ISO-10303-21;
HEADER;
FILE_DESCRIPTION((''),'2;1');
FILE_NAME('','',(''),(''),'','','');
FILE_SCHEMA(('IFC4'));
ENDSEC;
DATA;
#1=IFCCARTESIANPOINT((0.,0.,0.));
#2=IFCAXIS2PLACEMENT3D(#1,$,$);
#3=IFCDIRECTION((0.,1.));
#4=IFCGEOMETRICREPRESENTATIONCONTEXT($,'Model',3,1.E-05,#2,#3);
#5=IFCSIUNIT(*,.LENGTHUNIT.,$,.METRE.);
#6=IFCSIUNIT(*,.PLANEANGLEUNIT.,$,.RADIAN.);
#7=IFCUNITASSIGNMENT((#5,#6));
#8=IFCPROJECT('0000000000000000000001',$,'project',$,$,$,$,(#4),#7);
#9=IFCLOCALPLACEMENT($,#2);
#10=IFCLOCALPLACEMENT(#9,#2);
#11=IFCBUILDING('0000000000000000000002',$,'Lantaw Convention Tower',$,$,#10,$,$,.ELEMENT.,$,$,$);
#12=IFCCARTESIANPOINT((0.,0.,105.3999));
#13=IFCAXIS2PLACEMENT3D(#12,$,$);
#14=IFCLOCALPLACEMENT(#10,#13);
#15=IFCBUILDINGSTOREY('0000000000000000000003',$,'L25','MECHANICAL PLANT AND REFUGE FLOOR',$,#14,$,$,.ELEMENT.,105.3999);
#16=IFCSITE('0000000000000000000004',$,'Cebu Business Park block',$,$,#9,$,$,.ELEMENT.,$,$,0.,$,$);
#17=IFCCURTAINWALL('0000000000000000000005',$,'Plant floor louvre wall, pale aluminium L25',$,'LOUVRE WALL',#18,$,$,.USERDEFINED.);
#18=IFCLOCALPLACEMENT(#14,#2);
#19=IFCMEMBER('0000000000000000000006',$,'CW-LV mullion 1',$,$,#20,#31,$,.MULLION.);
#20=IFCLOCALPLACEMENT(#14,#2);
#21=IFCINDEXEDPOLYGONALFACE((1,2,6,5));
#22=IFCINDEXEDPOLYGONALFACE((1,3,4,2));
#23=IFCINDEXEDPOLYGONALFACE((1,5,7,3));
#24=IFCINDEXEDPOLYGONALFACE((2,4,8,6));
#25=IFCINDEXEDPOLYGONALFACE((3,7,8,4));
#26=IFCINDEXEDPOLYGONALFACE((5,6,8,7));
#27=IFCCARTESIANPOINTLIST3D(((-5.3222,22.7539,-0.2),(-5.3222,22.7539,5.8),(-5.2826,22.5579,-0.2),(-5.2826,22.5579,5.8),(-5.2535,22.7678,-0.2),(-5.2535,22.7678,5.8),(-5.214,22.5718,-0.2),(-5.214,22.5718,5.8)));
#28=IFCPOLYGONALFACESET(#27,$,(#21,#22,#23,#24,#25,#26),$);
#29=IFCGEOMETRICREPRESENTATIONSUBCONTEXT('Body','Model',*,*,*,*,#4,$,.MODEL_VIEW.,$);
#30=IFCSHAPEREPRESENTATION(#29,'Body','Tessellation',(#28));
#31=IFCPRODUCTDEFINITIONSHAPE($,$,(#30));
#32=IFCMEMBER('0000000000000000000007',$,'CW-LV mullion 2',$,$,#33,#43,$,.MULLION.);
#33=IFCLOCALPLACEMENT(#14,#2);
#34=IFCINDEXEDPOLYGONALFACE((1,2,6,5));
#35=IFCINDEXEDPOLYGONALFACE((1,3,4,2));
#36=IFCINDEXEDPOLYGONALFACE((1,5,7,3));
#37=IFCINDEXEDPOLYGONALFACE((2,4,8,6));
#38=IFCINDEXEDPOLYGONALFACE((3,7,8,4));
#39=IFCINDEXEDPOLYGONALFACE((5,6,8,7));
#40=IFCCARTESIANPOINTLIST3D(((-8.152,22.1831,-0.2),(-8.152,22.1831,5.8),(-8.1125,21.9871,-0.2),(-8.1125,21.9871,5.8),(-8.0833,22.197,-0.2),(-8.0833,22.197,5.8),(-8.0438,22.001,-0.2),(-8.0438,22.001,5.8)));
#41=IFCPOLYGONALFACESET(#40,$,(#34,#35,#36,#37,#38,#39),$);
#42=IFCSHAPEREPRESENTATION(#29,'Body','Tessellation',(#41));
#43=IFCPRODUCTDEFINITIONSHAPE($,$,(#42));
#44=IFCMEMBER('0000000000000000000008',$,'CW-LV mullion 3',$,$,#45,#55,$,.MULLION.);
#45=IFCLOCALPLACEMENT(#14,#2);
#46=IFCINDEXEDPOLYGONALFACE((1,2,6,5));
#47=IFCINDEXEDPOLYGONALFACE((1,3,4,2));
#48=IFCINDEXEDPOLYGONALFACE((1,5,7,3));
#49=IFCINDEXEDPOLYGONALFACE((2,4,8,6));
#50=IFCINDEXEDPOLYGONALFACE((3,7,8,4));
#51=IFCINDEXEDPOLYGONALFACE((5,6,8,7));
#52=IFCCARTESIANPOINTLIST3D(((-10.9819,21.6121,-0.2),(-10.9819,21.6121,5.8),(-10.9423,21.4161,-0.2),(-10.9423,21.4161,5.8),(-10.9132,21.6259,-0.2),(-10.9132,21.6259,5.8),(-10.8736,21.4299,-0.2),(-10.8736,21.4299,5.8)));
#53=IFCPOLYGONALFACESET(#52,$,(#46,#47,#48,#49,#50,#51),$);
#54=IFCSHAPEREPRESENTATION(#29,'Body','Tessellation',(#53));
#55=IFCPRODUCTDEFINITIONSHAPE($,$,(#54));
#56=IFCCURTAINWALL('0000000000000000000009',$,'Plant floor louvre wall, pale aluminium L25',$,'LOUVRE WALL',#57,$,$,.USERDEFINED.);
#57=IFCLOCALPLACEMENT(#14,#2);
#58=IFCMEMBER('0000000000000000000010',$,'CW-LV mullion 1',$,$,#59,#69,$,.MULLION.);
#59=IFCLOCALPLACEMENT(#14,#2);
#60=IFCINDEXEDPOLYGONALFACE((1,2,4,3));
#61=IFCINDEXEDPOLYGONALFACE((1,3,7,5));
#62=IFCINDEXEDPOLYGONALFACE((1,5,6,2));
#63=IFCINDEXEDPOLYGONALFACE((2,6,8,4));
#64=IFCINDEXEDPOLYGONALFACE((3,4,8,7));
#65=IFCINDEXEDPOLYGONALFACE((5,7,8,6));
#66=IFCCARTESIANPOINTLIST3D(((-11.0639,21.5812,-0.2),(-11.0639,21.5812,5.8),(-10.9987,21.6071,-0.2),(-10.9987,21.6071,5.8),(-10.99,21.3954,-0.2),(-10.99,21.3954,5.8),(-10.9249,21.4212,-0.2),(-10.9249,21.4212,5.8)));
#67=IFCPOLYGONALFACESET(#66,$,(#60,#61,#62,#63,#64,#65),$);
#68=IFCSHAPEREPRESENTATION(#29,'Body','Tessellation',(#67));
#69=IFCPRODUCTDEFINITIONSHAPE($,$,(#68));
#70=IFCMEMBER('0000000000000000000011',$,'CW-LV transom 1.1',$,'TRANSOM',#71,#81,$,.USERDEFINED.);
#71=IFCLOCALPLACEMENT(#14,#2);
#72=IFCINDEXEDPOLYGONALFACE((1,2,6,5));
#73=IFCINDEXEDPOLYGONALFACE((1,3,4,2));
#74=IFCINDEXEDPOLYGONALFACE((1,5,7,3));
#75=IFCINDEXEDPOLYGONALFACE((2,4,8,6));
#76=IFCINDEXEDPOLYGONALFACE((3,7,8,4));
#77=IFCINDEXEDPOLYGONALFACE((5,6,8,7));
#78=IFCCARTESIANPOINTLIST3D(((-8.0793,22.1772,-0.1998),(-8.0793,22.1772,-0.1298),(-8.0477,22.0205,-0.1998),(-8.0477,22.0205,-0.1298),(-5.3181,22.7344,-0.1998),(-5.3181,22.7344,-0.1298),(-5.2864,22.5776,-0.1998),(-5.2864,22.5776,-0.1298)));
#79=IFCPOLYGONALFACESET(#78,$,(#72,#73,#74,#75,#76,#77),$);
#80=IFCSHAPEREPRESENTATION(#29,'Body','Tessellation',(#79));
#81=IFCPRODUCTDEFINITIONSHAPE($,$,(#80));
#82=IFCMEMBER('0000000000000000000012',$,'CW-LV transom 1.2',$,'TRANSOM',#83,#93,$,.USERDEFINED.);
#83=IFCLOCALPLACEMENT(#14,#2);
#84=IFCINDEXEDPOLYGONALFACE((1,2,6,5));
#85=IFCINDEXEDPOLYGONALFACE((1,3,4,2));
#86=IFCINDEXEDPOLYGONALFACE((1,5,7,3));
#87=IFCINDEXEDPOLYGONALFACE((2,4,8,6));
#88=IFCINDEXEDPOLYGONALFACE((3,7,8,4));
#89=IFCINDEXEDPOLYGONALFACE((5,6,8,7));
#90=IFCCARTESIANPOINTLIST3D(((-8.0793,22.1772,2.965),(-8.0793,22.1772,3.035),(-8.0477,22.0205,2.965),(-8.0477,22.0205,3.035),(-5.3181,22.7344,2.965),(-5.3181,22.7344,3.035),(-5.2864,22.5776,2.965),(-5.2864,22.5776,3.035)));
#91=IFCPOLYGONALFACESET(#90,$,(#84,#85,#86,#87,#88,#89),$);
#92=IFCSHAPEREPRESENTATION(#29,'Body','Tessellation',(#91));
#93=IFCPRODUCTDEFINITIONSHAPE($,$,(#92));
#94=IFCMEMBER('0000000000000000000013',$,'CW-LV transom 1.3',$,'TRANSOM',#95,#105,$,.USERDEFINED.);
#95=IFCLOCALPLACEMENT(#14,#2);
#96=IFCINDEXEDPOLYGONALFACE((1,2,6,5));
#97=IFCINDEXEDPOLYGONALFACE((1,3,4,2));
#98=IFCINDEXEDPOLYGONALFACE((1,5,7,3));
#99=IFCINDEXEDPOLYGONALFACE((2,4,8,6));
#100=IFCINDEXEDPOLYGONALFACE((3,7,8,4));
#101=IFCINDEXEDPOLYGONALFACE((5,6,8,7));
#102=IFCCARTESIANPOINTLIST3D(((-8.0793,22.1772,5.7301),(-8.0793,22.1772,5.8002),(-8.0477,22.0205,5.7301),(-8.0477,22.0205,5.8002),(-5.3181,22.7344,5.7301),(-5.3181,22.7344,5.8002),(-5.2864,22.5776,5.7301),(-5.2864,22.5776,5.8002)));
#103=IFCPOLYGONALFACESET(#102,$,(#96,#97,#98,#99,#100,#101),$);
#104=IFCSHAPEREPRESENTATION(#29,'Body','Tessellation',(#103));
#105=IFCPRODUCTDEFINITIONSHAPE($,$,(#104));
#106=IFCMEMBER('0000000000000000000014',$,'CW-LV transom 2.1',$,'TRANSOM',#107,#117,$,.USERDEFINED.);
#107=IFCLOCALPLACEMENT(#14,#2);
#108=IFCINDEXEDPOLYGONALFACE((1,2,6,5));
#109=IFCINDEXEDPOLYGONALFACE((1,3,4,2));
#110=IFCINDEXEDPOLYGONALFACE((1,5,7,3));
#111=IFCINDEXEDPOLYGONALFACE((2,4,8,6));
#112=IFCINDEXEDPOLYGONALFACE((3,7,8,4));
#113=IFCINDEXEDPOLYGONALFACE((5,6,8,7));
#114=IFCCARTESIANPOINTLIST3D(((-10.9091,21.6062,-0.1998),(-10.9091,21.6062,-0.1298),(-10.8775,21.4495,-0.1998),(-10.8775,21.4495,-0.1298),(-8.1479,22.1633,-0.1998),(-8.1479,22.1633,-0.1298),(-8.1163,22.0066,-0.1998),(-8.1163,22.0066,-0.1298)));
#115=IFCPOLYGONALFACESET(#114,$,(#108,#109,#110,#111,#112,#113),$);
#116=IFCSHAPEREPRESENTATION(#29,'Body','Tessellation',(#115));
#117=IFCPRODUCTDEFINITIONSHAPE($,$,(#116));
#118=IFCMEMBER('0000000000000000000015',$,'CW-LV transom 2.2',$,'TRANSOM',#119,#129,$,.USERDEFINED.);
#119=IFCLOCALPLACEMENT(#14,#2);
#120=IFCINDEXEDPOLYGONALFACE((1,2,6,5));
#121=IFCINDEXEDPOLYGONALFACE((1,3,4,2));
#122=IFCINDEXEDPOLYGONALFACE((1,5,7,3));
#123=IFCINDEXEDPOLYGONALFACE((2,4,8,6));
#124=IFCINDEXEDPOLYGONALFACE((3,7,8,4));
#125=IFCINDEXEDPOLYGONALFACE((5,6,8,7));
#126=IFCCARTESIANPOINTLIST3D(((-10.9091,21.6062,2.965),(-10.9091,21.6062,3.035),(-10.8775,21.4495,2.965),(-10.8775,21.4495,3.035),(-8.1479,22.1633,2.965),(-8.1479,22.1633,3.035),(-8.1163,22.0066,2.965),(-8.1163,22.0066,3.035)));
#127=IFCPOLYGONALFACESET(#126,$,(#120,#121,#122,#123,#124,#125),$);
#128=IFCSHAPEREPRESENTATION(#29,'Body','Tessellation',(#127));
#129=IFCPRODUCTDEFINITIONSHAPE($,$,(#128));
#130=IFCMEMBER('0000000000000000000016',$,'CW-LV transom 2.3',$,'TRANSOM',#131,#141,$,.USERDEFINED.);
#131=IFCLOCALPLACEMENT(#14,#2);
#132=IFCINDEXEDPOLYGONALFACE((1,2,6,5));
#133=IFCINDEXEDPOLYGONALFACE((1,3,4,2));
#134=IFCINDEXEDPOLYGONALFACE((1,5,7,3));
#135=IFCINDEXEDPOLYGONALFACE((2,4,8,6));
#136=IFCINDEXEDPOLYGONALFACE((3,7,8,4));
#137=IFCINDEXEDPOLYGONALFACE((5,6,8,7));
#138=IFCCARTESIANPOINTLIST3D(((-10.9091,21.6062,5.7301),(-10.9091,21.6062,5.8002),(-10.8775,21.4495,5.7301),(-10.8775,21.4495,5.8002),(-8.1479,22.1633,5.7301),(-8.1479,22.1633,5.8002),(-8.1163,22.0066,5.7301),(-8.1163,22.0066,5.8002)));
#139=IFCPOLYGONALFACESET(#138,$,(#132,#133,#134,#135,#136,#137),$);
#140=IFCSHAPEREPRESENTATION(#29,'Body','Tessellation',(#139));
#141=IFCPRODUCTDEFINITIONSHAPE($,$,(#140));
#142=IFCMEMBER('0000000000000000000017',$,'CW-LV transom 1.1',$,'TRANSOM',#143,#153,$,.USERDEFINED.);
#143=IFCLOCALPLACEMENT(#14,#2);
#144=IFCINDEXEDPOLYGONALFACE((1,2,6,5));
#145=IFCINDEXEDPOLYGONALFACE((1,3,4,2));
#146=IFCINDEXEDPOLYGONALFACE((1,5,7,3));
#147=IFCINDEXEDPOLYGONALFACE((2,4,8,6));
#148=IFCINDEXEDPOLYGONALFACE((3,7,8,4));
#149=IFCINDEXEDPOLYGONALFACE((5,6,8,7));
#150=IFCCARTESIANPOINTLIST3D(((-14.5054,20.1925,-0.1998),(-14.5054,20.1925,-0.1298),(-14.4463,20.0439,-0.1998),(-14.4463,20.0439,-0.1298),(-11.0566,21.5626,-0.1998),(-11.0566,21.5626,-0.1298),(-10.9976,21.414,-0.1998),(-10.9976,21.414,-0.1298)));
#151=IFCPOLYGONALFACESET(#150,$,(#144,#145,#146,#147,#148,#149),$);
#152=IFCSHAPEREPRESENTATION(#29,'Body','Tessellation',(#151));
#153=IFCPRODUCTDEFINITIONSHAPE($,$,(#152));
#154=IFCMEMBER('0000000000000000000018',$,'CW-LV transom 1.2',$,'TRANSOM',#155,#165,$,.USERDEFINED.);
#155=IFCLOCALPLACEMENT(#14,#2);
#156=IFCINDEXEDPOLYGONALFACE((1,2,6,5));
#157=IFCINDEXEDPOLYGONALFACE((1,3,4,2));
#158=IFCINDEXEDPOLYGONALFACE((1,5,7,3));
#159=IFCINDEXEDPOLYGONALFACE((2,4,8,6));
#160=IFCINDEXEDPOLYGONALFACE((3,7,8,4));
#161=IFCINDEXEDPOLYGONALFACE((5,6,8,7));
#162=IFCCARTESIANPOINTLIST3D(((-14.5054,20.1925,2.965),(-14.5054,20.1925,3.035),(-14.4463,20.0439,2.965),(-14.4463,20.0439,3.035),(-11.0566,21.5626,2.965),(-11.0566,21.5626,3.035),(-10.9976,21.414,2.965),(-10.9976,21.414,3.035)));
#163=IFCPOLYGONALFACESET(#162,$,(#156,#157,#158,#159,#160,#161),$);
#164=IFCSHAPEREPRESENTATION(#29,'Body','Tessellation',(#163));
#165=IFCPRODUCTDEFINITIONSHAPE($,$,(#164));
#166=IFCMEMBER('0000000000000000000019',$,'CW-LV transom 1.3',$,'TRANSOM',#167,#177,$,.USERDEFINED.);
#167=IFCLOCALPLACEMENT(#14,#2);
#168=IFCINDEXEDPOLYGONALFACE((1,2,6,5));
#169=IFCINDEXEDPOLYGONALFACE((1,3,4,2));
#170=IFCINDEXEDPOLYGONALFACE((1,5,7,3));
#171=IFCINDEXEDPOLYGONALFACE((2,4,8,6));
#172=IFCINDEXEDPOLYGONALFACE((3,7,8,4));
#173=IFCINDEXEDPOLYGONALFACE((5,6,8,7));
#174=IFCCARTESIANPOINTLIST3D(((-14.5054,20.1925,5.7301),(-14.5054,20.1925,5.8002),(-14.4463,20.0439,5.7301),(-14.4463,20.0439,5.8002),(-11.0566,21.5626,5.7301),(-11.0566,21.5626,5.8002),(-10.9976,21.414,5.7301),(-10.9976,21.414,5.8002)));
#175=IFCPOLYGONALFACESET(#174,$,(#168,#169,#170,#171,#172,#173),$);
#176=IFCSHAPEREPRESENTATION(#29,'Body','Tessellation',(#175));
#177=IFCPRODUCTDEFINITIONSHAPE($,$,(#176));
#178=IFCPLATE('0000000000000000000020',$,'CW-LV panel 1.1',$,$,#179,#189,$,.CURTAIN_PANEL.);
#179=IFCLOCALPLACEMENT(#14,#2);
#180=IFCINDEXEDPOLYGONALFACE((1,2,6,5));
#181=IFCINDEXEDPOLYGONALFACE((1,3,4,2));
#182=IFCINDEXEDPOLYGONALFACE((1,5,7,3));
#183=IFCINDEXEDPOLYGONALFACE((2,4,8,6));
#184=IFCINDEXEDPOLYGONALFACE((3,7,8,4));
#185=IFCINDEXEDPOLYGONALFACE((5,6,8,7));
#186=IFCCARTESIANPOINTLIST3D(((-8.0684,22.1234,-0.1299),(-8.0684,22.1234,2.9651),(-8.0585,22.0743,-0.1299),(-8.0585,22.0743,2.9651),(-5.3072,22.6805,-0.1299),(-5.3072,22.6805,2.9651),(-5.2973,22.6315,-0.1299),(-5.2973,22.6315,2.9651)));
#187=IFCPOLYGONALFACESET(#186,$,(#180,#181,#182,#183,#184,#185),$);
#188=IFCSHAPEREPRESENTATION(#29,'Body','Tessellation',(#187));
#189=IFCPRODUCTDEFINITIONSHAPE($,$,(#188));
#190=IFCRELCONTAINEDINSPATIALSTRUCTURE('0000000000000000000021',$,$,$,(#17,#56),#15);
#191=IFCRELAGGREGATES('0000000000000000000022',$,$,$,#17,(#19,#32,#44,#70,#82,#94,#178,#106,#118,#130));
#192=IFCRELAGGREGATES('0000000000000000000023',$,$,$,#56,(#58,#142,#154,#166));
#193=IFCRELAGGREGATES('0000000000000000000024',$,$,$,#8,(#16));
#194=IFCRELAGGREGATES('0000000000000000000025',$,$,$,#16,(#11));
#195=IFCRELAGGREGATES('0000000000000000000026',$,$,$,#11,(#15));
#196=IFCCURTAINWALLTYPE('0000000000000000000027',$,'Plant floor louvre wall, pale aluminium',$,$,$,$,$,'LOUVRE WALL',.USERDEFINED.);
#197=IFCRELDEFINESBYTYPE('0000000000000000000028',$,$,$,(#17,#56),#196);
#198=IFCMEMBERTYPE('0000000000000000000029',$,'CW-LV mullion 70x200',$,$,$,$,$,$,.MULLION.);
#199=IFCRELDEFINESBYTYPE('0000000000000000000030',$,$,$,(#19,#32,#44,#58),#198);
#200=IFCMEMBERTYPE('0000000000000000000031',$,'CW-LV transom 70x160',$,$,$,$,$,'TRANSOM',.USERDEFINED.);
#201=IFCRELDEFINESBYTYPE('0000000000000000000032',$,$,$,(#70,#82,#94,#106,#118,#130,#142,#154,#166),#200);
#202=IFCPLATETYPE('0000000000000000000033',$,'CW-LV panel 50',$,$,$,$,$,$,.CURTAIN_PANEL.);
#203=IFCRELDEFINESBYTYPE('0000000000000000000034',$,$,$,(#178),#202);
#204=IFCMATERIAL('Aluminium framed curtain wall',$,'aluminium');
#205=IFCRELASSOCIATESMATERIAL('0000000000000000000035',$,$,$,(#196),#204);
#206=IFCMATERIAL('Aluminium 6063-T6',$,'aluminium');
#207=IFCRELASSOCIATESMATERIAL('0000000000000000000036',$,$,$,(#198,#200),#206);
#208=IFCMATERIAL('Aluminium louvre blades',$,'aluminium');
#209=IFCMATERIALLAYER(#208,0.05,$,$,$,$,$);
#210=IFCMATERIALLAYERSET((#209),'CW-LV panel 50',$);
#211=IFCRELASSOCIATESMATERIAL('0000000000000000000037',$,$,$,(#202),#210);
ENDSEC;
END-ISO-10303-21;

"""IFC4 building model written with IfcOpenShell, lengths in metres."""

from ifc_helpers import new_model, si_unit, direction, frame, origin, origin_2d, place, context, subcontext, project, spatial, rectangle, extrude, material, layer, layer_set, material_profile, profile_set, type_object, element, aggregate, save


model = new_model("IFC4")

# Units and contexts
model_context = context("Model", 3, precision=1e-05, world=origin(), true_north=direction((0.0, 1.0)))
body_context = subcontext(model_context, "Body", "Model", "MODEL_VIEW")
ifc_project = project(units=[si_unit("LENGTHUNIT", "METRE"), si_unit("PLANEANGLEUNIT", "RADIAN")], contexts=[model_context])

# Site, building, storey
site_placement = place(None, origin())
site = spatial("IfcSite", under=ifc_project, at=site_placement, Name="Cebu Business Park block", CompositionType="ELEMENT", RefElevation=0.0)
building_placement = place(site_placement, origin())
building = spatial("IfcBuilding", under=site, at=building_placement, Name="Lantaw Convention Tower", CompositionType="ELEMENT")
storey_placement = place(building_placement, frame((0.0, 0.0, 105.3999)))
storey = spatial("IfcBuildingStorey", under=building, at=storey_placement, Name="L25", Description="MECHANICAL PLANT AND REFUGE FLOOR", CompositionType="ELEMENT", Elevation=105.3999)

# Curtain wall, members
ifc_material_1 = material(Name="Aluminium framed curtain wall", Category="aluminium")
curtain_wall_type = type_object("IfcCurtainWallType", Name="Plant floor louvre wall, pale aluminium", ElementType="LOUVRE WALL", PredefinedType="USERDEFINED", material=ifc_material_1)
curtain_wall_1_placement = place(storey_placement, origin())
curtain_wall_1 = element("IfcCurtainWall", 1, at=curtain_wall_1_placement, inside=storey, type_object=curtain_wall_type, Name="Plant floor louvre wall, pale aluminium L25", ObjectType="LOUVRE WALL", PredefinedType="USERDEFINED")
ifc_material_2 = material(Name="Aluminium 6063-T6", Category="aluminium")
ifc_material_profile_1 = material_profile(ifc_material_2, rectangle(XDim=0.2, YDim=0.0701, at=origin_2d()), Name="CW-LV mullion 70x200")
ifc_profile_set_1 = profile_set([ifc_material_profile_1], Name="Aluminium 6063-T6")
member_type_1 = type_object("IfcMemberType", Name="CW-LV mullion 70x200", PredefinedType="MULLION", material=ifc_profile_set_1)
member_1_placement = place(storey_placement, frame((-5.2681, 22.6628, -0.2), z_axis=(0.0, 0.0, 1.0), x_axis=(0.197789, -0.980245, 0.0)))
member_1 = element("IfcMember", 2, at=member_1_placement, type_object=member_type_1, Name="CW-LV mullion 1", PredefinedType="MULLION", context=body_context, shape_type="SweptSolid", body=[
    extrude(rectangle(XDim=0.2, YDim=0.0701, at=origin_2d()), origin(), (0.0, 0.0, 1.0), 6.0),
])
member_2_placement = place(storey_placement, frame((-8.0979, 22.092, -0.2), z_axis=(0.0, 0.0, 1.0), x_axis=(0.197789, -0.980245, 0.0)))
member_2 = element("IfcMember", 3, at=member_2_placement, type_object=member_type_1, Name="CW-LV mullion 2", PredefinedType="MULLION", context=body_context, shape_type="SweptSolid", body=[
    extrude(rectangle(XDim=0.2, YDim=0.0701, at=origin_2d()), origin(), (0.0, 0.0, 1.0), 6.0),
])
member_3_placement = place(storey_placement, frame((-10.9277, 21.521, -0.2), z_axis=(0.0, 0.0, 1.0), x_axis=(0.197789, -0.980245, 0.0)))
member_3 = element("IfcMember", 4, at=member_3_placement, type_object=member_type_1, Name="CW-LV mullion 3", PredefinedType="MULLION", context=body_context, shape_type="SweptSolid", body=[
    extrude(rectangle(XDim=0.2, YDim=0.0701, at=origin_2d()), origin(), (0.0, 0.0, 1.0), 6.0),
])

# Curtain wall, member
curtain_wall_2_placement = place(storey_placement, origin())
curtain_wall_2 = element("IfcCurtainWall", 5, at=curtain_wall_2_placement, inside=storey, type_object=curtain_wall_type, Name="Plant floor louvre wall, pale aluminium L25", ObjectType="LOUVRE WALL", PredefinedType="USERDEFINED")
member_4_placement = place(storey_placement, frame((-10.9944, 21.5012, -0.2), z_axis=(0.0, 0.0, 1.0), x_axis=(0.369172, -0.929361, 0.0)))
member_4 = element("IfcMember", 6, at=member_4_placement, type_object=member_type_1, Name="CW-LV mullion 1", PredefinedType="MULLION", context=body_context, shape_type="SweptSolid", body=[
    extrude(rectangle(XDim=0.2, YDim=0.0701, at=origin_2d()), origin(), (0.0, 0.0, 1.0), 6.0),
])

# Members
ifc_material_profile_2 = material_profile(ifc_material_2, rectangle(XDim=0.1599, YDim=0.0701, at=origin_2d()), Name="CW-LV transom 70x160")
ifc_profile_set_2 = profile_set([ifc_material_profile_2], Name="Aluminium 6063-T6")
member_type_2 = type_object("IfcMemberType", Name="CW-LV transom 70x160", ElementType="TRANSOM", PredefinedType="USERDEFINED", material=ifc_profile_set_2)
member_5_placement = place(storey_placement, frame((-5.3022, 22.656, -0.1648), z_axis=(-0.980246, -0.197783, 0.0), x_axis=(0.197783, -0.980246, 0.0)))
member_5 = element("IfcMember", 7, at=member_5_placement, type_object=member_type_2, Name="CW-LV transom 1.1", ObjectType="TRANSOM", PredefinedType="USERDEFINED", context=body_context, shape_type="SweptSolid", body=[
    extrude(rectangle(XDim=0.1599, YDim=0.0701, at=origin_2d()), origin(), (0.0, 0.0, 1.0), 2.8169),
])
member_6_placement = place(storey_placement, frame((-5.3022, 22.656, 3.0), z_axis=(-0.980246, -0.197783, 0.0), x_axis=(0.197783, -0.980246, 0.0)))
member_6 = element("IfcMember", 8, at=member_6_placement, type_object=member_type_2, Name="CW-LV transom 1.2", ObjectType="TRANSOM", PredefinedType="USERDEFINED", context=body_context, shape_type="SweptSolid", body=[
    extrude(rectangle(XDim=0.1599, YDim=0.0701, at=origin_2d()), origin(), (0.0, 0.0, 1.0), 2.8169),
])
member_7_placement = place(storey_placement, frame((-5.3022, 22.656, 5.7651), z_axis=(-0.980246, -0.197783, 0.0), x_axis=(0.197783, -0.980246, 0.0)))
member_7 = element("IfcMember", 9, at=member_7_placement, type_object=member_type_2, Name="CW-LV transom 1.3", ObjectType="TRANSOM", PredefinedType="USERDEFINED", context=body_context, shape_type="SweptSolid", body=[
    extrude(rectangle(XDim=0.1599, YDim=0.0701, at=origin_2d()), origin(), (0.0, 0.0, 1.0), 2.8169),
])
member_8_placement = place(storey_placement, frame((-8.1321, 22.085, -0.1648), z_axis=(-0.980246, -0.197783, 0.0), x_axis=(0.197783, -0.980246, 0.0)))
member_8 = element("IfcMember", 10, at=member_8_placement, type_object=member_type_2, Name="CW-LV transom 2.1", ObjectType="TRANSOM", PredefinedType="USERDEFINED", context=body_context, shape_type="SweptSolid", body=[
    extrude(rectangle(XDim=0.1599, YDim=0.0701, at=origin_2d()), origin(), (0.0, 0.0, 1.0), 2.8169),
])
member_9_placement = place(storey_placement, frame((-8.1321, 22.085, 3.0), z_axis=(-0.980246, -0.197783, 0.0), x_axis=(0.197783, -0.980246, 0.0)))
member_9 = element("IfcMember", 11, at=member_9_placement, type_object=member_type_2, Name="CW-LV transom 2.2", ObjectType="TRANSOM", PredefinedType="USERDEFINED", context=body_context, shape_type="SweptSolid", body=[
    extrude(rectangle(XDim=0.1599, YDim=0.0701, at=origin_2d()), origin(), (0.0, 0.0, 1.0), 2.8169),
])
member_10_placement = place(storey_placement, frame((-8.1321, 22.085, 5.7651), z_axis=(-0.980246, -0.197783, 0.0), x_axis=(0.197783, -0.980246, 0.0)))
member_10 = element("IfcMember", 12, at=member_10_placement, type_object=member_type_2, Name="CW-LV transom 2.3", ObjectType="TRANSOM", PredefinedType="USERDEFINED", context=body_context, shape_type="SweptSolid", body=[
    extrude(rectangle(XDim=0.1599, YDim=0.0701, at=origin_2d()), origin(), (0.0, 0.0, 1.0), 2.8169),
])
member_11_placement = place(storey_placement, frame((-11.0271, 21.4883, -0.1648), z_axis=(-0.929345, -0.369212, 0.0), x_axis=(0.369212, -0.929345, 0.0)))
member_11 = element("IfcMember", 13, at=member_11_placement, type_object=member_type_2, Name="CW-LV transom 1.1", ObjectType="TRANSOM", PredefinedType="USERDEFINED", context=body_context, shape_type="SweptSolid", body=[
    extrude(rectangle(XDim=0.1599, YDim=0.0701, at=origin_2d()), origin(), (0.0, 0.0, 1.0), 3.7109),
])
member_12_placement = place(storey_placement, frame((-11.0271, 21.4883, 3.0), z_axis=(-0.929345, -0.369212, 0.0), x_axis=(0.369212, -0.929345, 0.0)))
member_12 = element("IfcMember", 14, at=member_12_placement, type_object=member_type_2, Name="CW-LV transom 1.2", ObjectType="TRANSOM", PredefinedType="USERDEFINED", context=body_context, shape_type="SweptSolid", body=[
    extrude(rectangle(XDim=0.1599, YDim=0.0701, at=origin_2d()), origin(), (0.0, 0.0, 1.0), 3.7109),
])
member_13_placement = place(storey_placement, frame((-11.0271, 21.4883, 5.7651), z_axis=(-0.929345, -0.369212, 0.0), x_axis=(0.369212, -0.929345, 0.0)))
member_13 = element("IfcMember", 15, at=member_13_placement, type_object=member_type_2, Name="CW-LV transom 1.3", ObjectType="TRANSOM", PredefinedType="USERDEFINED", context=body_context, shape_type="SweptSolid", body=[
    extrude(rectangle(XDim=0.1599, YDim=0.0701, at=origin_2d()), origin(), (0.0, 0.0, 1.0), 3.7109),
])

# Plate
ifc_material_3 = material(Name="Aluminium louvre blades", Category="aluminium")
ifc_layer_1 = layer(ifc_material_3, 0.05)
ifc_layer_set_1 = layer_set([ifc_layer_1], Name="CW-LV panel 50")
plate_type_1 = type_object("IfcPlateType", Name="CW-LV panel 50", PredefinedType="CURTAIN_PANEL", material=ifc_layer_set_1)
plate_1_placement = place(storey_placement, frame((-6.6829, 22.3774, -0.1299), z_axis=(0.0, 0.0, 1.0), x_axis=(-0.980245, -0.197789, 0.0)))
plate_1 = element("IfcPlate", 16, at=plate_1_placement, type_object=plate_type_1, Name="CW-LV panel 1.1", PredefinedType="CURTAIN_PANEL", context=body_context, shape_type="SweptSolid", body=[
    extrude(rectangle(XDim=2.8169, YDim=0.05, at=origin_2d()), origin(), (0.0, 0.0, 1.0), 3.095),
])
aggregate(curtain_wall_1, [member_1, member_2, member_3, member_5, member_6, member_7, plate_1, member_8, member_9, member_10])
aggregate(curtain_wall_2, [member_4, member_11, member_12, member_13])

save(model, "model.ifc")
